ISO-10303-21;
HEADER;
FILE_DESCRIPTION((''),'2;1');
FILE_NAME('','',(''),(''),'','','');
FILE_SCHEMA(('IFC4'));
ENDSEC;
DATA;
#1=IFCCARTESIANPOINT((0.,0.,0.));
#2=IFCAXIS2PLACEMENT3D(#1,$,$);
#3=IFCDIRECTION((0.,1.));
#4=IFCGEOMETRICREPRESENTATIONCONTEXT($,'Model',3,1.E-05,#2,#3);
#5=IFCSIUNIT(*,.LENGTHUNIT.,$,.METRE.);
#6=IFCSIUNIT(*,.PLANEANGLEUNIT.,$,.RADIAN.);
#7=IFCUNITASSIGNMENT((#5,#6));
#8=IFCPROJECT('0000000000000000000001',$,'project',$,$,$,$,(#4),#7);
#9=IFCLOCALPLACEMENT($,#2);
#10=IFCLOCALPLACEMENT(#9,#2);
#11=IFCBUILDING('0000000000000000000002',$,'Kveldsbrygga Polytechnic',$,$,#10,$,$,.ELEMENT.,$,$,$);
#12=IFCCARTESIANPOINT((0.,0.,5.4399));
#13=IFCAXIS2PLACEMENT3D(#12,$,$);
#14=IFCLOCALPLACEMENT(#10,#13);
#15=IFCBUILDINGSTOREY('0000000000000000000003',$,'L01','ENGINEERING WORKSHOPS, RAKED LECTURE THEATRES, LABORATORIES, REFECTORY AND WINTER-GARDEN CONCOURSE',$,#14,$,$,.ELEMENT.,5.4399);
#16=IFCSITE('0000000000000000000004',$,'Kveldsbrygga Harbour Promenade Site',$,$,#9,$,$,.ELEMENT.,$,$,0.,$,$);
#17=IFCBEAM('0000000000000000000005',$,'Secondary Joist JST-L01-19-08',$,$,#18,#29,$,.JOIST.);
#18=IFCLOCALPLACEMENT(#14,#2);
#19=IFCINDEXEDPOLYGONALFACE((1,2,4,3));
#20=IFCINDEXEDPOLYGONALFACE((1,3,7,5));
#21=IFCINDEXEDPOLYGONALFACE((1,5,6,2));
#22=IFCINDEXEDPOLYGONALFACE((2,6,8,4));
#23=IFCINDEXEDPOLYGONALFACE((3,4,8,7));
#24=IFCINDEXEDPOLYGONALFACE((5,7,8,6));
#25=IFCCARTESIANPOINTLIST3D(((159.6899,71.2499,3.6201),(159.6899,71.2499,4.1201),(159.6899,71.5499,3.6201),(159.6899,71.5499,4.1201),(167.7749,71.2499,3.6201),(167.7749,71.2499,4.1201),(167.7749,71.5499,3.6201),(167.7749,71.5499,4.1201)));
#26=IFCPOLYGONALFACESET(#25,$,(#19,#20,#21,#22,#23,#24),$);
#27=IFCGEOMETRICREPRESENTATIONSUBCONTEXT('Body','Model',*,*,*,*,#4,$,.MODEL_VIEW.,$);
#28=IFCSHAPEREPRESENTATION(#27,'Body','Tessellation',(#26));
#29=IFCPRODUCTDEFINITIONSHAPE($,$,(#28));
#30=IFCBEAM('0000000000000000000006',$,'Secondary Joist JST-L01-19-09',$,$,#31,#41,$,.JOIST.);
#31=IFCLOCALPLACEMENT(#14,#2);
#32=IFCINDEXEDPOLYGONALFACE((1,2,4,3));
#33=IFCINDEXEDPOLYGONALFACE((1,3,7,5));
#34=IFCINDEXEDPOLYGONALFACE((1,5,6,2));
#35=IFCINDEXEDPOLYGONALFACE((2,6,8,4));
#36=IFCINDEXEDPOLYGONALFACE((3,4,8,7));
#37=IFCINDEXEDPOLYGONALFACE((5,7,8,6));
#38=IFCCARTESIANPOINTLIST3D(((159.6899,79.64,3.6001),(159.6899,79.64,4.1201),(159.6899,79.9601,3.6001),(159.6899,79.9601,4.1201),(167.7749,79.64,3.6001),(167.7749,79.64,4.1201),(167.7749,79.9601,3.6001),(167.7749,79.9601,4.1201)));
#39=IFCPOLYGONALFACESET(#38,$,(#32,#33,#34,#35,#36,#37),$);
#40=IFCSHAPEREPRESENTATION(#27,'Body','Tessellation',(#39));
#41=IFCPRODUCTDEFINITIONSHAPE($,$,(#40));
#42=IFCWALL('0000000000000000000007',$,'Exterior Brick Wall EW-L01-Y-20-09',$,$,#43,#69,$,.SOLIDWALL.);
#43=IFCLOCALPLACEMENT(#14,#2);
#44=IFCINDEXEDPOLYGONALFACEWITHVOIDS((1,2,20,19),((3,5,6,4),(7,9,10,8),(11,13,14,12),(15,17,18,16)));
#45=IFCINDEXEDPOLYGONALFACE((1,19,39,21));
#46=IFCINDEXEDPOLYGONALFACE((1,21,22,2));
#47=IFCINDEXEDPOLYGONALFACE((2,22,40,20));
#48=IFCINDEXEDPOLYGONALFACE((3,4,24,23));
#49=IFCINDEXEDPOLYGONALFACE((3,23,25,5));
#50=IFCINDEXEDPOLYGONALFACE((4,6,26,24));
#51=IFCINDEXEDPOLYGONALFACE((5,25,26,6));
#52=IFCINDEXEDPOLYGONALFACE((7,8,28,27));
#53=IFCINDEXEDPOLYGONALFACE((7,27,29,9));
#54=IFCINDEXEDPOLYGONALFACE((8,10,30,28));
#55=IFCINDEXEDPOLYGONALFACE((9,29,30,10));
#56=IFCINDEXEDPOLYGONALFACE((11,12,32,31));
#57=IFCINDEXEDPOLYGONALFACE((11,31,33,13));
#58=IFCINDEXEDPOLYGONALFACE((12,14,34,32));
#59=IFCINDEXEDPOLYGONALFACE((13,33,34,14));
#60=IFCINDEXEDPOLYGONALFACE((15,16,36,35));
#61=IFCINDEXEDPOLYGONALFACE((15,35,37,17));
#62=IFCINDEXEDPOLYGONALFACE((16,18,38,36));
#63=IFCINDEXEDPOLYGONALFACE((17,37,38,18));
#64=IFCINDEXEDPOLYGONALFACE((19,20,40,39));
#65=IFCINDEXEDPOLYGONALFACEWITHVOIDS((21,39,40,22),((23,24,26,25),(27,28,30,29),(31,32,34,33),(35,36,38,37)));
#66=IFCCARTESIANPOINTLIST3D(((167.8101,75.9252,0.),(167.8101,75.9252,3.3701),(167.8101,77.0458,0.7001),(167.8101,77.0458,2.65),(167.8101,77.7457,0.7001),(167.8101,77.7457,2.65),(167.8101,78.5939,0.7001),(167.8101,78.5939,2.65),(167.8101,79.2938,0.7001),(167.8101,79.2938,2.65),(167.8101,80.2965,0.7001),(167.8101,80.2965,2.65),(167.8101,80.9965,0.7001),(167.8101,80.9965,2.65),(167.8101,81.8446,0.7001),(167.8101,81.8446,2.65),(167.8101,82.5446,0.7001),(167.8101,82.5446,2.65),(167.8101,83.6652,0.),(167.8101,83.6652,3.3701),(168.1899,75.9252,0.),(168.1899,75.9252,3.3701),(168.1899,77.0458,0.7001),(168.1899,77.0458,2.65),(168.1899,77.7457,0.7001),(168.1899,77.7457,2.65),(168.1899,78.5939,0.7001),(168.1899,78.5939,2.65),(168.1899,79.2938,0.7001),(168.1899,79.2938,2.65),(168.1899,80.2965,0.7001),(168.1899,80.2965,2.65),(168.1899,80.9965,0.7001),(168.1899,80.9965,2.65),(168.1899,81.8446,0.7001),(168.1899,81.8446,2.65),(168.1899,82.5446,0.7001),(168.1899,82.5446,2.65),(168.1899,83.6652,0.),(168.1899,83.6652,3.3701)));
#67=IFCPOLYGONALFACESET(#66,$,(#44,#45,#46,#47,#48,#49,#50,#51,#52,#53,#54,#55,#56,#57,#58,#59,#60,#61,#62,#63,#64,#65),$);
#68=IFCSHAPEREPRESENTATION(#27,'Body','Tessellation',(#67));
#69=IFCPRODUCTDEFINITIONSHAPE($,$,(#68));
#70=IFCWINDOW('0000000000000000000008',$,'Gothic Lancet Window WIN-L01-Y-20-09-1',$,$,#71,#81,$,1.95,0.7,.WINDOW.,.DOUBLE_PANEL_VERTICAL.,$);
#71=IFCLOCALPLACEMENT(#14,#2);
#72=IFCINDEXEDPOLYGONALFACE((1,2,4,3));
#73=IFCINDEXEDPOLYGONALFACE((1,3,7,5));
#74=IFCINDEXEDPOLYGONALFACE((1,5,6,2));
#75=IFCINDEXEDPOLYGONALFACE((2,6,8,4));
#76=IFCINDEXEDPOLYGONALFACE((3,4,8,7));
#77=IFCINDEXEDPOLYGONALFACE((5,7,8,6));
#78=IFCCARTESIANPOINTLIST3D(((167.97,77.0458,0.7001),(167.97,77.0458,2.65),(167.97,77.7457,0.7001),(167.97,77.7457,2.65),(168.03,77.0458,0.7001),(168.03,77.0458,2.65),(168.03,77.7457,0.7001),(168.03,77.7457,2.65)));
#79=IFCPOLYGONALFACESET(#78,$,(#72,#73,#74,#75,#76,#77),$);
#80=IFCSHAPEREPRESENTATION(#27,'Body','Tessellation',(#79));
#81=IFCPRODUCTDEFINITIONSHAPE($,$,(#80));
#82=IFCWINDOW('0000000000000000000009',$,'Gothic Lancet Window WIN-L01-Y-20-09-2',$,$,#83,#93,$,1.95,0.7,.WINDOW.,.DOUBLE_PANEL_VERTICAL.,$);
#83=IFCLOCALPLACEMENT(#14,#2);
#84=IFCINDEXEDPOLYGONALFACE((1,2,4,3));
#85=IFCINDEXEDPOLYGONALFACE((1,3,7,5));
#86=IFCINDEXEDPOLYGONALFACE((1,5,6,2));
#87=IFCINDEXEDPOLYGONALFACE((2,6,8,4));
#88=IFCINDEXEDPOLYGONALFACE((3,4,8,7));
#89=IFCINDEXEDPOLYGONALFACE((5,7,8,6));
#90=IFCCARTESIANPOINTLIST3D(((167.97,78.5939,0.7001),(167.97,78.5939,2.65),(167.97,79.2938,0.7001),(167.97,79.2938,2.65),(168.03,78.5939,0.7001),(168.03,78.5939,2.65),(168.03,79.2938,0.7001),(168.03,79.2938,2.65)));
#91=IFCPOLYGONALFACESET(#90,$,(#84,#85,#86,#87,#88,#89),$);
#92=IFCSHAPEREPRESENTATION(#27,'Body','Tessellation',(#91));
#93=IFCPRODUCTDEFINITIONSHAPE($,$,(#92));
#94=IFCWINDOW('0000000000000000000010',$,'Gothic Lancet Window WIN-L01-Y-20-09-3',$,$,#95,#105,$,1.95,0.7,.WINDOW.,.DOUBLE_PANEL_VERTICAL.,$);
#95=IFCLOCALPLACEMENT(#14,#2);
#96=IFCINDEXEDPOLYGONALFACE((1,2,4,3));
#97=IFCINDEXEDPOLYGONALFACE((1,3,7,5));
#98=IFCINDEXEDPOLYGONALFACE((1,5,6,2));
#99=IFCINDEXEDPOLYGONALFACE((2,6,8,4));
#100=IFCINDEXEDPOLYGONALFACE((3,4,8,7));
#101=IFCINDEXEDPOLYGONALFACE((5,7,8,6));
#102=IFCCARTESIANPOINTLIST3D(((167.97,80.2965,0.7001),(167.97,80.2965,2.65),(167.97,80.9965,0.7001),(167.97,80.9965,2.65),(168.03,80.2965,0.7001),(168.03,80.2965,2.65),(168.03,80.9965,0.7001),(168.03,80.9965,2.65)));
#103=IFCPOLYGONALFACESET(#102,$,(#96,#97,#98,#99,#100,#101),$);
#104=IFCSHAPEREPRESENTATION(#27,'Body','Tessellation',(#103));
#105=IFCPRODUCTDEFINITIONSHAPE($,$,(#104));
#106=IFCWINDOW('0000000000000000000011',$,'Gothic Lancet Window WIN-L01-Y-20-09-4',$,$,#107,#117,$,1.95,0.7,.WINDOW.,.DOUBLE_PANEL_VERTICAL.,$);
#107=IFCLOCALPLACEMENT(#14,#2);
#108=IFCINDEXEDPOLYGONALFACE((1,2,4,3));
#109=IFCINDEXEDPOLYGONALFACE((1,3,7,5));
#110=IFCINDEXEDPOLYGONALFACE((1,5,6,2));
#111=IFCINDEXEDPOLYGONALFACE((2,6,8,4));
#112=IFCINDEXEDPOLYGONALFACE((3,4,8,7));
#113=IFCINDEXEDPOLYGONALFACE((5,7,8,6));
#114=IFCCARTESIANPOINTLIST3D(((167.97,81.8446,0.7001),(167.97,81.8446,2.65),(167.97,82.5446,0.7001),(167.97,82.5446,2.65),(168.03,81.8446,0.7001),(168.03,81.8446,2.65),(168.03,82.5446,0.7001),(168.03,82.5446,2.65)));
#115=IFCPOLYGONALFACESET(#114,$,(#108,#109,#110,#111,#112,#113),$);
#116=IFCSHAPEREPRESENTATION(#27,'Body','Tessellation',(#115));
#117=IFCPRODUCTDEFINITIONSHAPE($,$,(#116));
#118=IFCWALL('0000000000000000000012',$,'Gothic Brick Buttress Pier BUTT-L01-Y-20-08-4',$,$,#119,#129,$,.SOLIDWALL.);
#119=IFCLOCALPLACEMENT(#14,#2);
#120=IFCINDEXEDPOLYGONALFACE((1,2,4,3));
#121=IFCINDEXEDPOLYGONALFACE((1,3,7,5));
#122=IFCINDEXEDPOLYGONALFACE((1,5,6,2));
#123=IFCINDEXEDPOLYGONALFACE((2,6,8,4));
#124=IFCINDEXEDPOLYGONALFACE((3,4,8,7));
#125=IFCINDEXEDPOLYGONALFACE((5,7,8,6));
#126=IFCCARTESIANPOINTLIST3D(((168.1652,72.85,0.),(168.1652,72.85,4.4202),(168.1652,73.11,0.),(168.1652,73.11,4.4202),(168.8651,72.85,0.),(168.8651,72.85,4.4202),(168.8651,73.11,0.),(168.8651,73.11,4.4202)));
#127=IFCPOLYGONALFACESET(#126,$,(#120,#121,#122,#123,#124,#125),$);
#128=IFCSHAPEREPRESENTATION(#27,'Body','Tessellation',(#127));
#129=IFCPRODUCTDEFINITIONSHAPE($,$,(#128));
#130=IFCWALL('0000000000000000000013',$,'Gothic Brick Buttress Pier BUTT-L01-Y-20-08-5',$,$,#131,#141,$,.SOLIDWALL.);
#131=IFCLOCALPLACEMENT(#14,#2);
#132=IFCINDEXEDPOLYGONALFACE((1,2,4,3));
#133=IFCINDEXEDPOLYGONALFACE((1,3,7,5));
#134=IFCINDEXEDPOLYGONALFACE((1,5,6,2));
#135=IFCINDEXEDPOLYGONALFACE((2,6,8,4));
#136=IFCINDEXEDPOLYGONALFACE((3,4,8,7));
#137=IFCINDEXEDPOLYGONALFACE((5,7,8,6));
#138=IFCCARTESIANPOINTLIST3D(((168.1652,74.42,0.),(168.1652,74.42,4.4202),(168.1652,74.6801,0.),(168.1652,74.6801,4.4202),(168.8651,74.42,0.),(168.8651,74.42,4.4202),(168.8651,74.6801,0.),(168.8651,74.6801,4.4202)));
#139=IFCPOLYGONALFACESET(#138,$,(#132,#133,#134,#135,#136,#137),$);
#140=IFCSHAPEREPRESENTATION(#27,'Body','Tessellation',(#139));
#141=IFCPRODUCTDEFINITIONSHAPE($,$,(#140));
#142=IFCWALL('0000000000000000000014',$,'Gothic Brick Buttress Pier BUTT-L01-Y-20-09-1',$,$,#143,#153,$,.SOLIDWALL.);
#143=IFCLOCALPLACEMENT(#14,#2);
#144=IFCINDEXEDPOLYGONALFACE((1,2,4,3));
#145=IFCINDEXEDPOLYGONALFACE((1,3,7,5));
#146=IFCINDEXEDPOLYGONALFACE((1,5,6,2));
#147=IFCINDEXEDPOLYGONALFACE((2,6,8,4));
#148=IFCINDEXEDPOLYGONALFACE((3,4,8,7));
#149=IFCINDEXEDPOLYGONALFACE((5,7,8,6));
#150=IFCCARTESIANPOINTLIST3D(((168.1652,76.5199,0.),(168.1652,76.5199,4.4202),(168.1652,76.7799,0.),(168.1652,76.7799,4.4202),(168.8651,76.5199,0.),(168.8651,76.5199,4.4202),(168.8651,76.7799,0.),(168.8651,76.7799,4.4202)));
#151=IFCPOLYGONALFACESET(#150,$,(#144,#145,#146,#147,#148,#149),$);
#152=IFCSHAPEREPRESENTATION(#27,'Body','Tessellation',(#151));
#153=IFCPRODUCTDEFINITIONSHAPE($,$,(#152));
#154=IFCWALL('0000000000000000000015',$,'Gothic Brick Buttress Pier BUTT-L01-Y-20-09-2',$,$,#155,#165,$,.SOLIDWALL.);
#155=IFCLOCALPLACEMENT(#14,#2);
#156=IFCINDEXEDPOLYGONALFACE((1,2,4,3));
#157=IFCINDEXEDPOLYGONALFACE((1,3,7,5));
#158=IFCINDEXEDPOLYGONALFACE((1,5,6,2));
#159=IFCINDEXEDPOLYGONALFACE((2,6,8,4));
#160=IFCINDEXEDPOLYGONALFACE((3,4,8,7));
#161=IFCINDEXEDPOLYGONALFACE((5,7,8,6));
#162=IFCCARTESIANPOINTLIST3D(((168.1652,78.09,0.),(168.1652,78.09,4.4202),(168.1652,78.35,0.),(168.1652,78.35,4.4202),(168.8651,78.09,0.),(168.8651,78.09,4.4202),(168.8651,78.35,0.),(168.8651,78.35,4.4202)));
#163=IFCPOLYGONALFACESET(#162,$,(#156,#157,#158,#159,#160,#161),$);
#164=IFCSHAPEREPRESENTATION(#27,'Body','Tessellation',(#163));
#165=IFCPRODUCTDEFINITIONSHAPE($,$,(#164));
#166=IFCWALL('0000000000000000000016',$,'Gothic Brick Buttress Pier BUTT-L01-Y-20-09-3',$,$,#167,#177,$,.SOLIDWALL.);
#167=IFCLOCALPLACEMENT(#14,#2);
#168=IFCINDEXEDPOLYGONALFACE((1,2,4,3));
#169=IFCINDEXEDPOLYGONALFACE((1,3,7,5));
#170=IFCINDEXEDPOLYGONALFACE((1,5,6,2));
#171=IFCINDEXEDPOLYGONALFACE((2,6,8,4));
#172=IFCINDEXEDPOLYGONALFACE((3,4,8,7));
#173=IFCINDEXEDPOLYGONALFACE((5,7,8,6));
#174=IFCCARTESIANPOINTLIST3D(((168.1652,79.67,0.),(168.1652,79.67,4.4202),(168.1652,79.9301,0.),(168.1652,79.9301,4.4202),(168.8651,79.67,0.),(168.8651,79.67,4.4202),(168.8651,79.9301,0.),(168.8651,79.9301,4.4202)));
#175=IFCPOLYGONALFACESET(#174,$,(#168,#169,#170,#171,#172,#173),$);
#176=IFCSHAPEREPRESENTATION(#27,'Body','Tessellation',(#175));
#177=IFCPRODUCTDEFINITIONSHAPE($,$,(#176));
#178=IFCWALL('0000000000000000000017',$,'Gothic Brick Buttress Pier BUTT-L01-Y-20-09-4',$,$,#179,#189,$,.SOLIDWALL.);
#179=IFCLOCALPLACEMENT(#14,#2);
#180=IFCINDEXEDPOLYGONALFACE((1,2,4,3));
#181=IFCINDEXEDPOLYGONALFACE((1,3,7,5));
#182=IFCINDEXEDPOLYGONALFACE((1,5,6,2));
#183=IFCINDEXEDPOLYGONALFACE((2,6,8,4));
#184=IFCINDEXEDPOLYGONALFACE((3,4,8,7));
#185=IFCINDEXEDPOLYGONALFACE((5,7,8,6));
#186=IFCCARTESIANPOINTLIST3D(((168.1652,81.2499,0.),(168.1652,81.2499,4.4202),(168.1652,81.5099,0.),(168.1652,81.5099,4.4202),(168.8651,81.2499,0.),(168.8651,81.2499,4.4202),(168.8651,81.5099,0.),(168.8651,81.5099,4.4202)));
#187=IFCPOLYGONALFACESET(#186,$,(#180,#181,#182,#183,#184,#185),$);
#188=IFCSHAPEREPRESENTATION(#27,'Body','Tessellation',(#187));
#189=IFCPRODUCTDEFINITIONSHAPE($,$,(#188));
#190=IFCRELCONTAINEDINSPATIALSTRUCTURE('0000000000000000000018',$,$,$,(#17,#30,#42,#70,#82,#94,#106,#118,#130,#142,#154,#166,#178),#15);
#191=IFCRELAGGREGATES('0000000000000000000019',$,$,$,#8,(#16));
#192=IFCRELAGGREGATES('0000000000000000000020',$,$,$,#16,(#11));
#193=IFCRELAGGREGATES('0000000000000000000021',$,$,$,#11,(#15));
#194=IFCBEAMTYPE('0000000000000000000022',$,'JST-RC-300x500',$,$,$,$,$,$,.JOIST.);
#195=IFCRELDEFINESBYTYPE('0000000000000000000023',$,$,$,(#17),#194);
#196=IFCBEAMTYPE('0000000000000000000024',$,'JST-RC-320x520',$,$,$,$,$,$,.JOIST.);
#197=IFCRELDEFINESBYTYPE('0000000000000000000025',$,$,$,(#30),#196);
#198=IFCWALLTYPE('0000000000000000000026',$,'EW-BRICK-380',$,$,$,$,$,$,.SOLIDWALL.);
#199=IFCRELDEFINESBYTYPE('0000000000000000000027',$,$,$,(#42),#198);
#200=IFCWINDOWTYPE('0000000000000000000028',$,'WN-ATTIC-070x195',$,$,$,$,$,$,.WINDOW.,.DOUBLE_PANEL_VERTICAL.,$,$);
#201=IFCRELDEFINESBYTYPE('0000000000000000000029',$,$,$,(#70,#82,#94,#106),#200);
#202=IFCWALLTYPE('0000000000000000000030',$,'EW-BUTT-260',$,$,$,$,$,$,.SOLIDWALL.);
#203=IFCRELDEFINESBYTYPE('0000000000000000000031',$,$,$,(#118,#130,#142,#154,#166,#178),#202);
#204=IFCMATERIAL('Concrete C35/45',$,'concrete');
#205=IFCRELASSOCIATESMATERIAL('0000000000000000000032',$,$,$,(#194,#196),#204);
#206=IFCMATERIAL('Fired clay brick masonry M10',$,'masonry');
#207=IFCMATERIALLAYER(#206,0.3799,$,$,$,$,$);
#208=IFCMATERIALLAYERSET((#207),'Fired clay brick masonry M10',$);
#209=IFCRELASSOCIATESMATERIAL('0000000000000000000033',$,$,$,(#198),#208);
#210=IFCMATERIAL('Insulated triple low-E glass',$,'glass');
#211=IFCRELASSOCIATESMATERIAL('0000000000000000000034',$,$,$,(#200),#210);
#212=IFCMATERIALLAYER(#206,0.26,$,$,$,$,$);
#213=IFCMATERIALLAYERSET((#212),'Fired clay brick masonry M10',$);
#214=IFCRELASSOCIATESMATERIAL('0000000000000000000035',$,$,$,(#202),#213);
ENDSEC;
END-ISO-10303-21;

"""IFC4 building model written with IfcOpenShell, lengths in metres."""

from ifc_helpers import new_model, si_unit, direction, frame, frame_2d, origin, origin_2d, place, context, subcontext, project, spatial, rectangle, extrude, material, layer, layer_set, material_profile, profile_set, type_object, element, fill, save


model = new_model("IFC4")

# Units and contexts
model_context = context("Model", 3, precision=1e-05, world=origin(), true_north=direction((0.0, 1.0)))
body_context = subcontext(model_context, "Body", "Model", "MODEL_VIEW")
ifc_project = project(units=[si_unit("LENGTHUNIT", "METRE"), si_unit("PLANEANGLEUNIT", "RADIAN")], contexts=[model_context])

# Site, building, storey
site_placement = place(None, origin())
site = spatial("IfcSite", under=ifc_project, at=site_placement, Name="Kveldsbrygga Harbour Promenade Site", CompositionType="ELEMENT", RefElevation=0.0)
building_placement = place(site_placement, origin())
building = spatial("IfcBuilding", under=site, at=building_placement, Name="Kveldsbrygga Polytechnic", CompositionType="ELEMENT")
storey_placement = place(building_placement, frame((0.0, 0.0, 5.4399)))
storey = spatial("IfcBuildingStorey", under=building, at=storey_placement, Name="L01", Description="ENGINEERING WORKSHOPS, RAKED LECTURE THEATRES, LABORATORIES, REFECTORY AND WINTER-GARDEN CONCOURSE", CompositionType="ELEMENT", Elevation=5.4399)

# Shared definitions
ifc_material_1 = material(Name="Concrete C35/45", Category="concrete")

# Beams
ifc_material_profile_1 = material_profile(ifc_material_1, rectangle(XDim=0.3, YDim=0.5, at=origin_2d()), Name="RC 300x500")
ifc_profile_set_1 = profile_set([ifc_material_profile_1], Name="Concrete C35/45")
beam_type_1 = type_object("IfcBeamType", Name="JST-RC-300x500", PredefinedType="JOIST", material=ifc_profile_set_1)
beam_1_placement = place(storey_placement, frame((159.6899, 71.3999, 3.8701), z_axis=(1.0, 0.0, 0.0), x_axis=(0.0, 1.0, 0.0)))
element("IfcBeam", 1, at=beam_1_placement, inside=storey, type_object=beam_type_1, Name="Secondary Joist JST-L01-19-08", PredefinedType="JOIST", context=body_context, shape_type="SweptSolid", body=[
    extrude(rectangle(XDim=0.3, YDim=0.5, at=origin_2d()), origin(), (0.0, 0.0, 1.0), 8.085),
])
ifc_material_profile_2 = material_profile(ifc_material_1, rectangle(XDim=0.3201, YDim=0.52, at=origin_2d()), Name="RC 320x520")
ifc_profile_set_2 = profile_set([ifc_material_profile_2], Name="Concrete C35/45")
beam_type_2 = type_object("IfcBeamType", Name="JST-RC-320x520", PredefinedType="JOIST", material=ifc_profile_set_2)
beam_2_placement = place(storey_placement, frame((159.6899, 79.8, 3.8601), z_axis=(1.0, 0.0, 0.0), x_axis=(0.0, 1.0, 0.0)))
element("IfcBeam", 2, at=beam_2_placement, inside=storey, type_object=beam_type_2, Name="Secondary Joist JST-L01-19-09", PredefinedType="JOIST", context=body_context, shape_type="SweptSolid", body=[
    extrude(rectangle(XDim=0.3201, YDim=0.52, at=origin_2d()), origin(), (0.0, 0.0, 1.0), 8.085),
])

# Wall, openings, windows
ifc_material_2 = material(Name="Fired clay brick masonry M10", Category="masonry")
ifc_layer_1 = layer(ifc_material_2, 0.3799)
ifc_layer_set_1 = layer_set([ifc_layer_1], Name="Fired clay brick masonry M10")
wall_type_1 = type_object("IfcWallType", Name="EW-BRICK-380", PredefinedType="SOLIDWALL", material=ifc_layer_set_1)
wall_1_placement = place(storey_placement, frame((168.0, 75.925, 0.0), z_axis=(0.0, 0.0, 1.0), x_axis=(0.0, 1.0, 0.0)))
wall_1 = element("IfcWall", 3, at=wall_1_placement, inside=storey, type_object=wall_type_1, Name="Exterior Brick Wall EW-L01-Y-20-09", PredefinedType="SOLIDWALL", context=body_context, shape_type="SweptSolid", body=[
    extrude(rectangle(XDim=7.74, YDim=0.3799, at=frame_2d((3.8701, 0.0))), origin(), (0.0, 0.0, 1.0), 3.3701),
])
opening_1_placement = place(wall_1_placement, frame((1.1206, 0.0, 0.7)))
opening_1 = element("IfcOpeningElement", 4, at=opening_1_placement, cuts=wall_1, PredefinedType="OPENING", context=body_context, shape_type="SweptSolid", body=[
    extrude(rectangle(XDim=0.7, YDim=1.95, at=frame_2d((0.3501, 0.9751))), frame((0.0, 0.2, 0.0), z_axis=(0.0, -1.0, 0.0), x_axis=(1.0, 0.0, 0.0)), (0.0, 0.0, 1.0), 0.3999),
])
opening_2_placement = place(wall_1_placement, frame((2.6687, 0.0, 0.7)))
opening_2 = element("IfcOpeningElement", 5, at=opening_2_placement, cuts=wall_1, PredefinedType="OPENING", context=body_context, shape_type="SweptSolid", body=[
    extrude(rectangle(XDim=0.7, YDim=1.95, at=frame_2d((0.3501, 0.9751))), frame((0.0, 0.2, 0.0), z_axis=(0.0, -1.0, 0.0), x_axis=(1.0, 0.0, 0.0)), (0.0, 0.0, 1.0), 0.3999),
])
opening_3_placement = place(wall_1_placement, frame((4.3713, 0.0, 0.7)))
opening_3 = element("IfcOpeningElement", 6, at=opening_3_placement, cuts=wall_1, PredefinedType="OPENING", context=body_context, shape_type="SweptSolid", body=[
    extrude(rectangle(XDim=0.7, YDim=1.95, at=frame_2d((0.3501, 0.9751))), frame((0.0, 0.2, 0.0), z_axis=(0.0, -1.0, 0.0), x_axis=(1.0, 0.0, 0.0)), (0.0, 0.0, 1.0), 0.3999),
])
opening_4_placement = place(wall_1_placement, frame((5.9194, 0.0, 0.7)))
opening_4 = element("IfcOpeningElement", 7, at=opening_4_placement, cuts=wall_1, PredefinedType="OPENING", context=body_context, shape_type="SweptSolid", body=[
    extrude(rectangle(XDim=0.7, YDim=1.95, at=frame_2d((0.3501, 0.9751))), frame((0.0, 0.2, 0.0), z_axis=(0.0, -1.0, 0.0), x_axis=(1.0, 0.0, 0.0)), (0.0, 0.0, 1.0), 0.3999),
])
ifc_material_3 = material(Name="Insulated triple low-E glass", Category="glass")
window_type = type_object("IfcWindowType", Name="WN-ATTIC-070x195", PartitioningType="DOUBLE_PANEL_VERTICAL", PredefinedType="WINDOW", material=ifc_material_3)
window_1_placement = place(opening_1_placement, origin())
window_1 = element("IfcWindow", 8, at=window_1_placement, inside=storey, type_object=window_type, Name="Gothic Lancet Window WIN-L01-Y-20-09-1", OverallHeight=1.95, OverallWidth=0.7, PartitioningType="DOUBLE_PANEL_VERTICAL", PredefinedType="WINDOW", context=body_context, shape_type="SweptSolid", body=[
    extrude(rectangle(XDim=0.7, YDim=1.95, at=frame_2d((0.3501, 0.9751))), frame((0.0, 0.03, 0.0), z_axis=(0.0, -1.0, 0.0), x_axis=(1.0, 0.0, 0.0)), (0.0, 0.0, 1.0), 0.0601),
])
fill(opening_1, window_1)
window_2_placement = place(opening_2_placement, origin())
window_2 = element("IfcWindow", 9, at=window_2_placement, inside=storey, type_object=window_type, Name="Gothic Lancet Window WIN-L01-Y-20-09-2", OverallHeight=1.95, OverallWidth=0.7, PartitioningType="DOUBLE_PANEL_VERTICAL", PredefinedType="WINDOW", context=body_context, shape_type="SweptSolid", body=[
    extrude(rectangle(XDim=0.7, YDim=1.95, at=frame_2d((0.3501, 0.9751))), frame((0.0, 0.03, 0.0), z_axis=(0.0, -1.0, 0.0), x_axis=(1.0, 0.0, 0.0)), (0.0, 0.0, 1.0), 0.0601),
])
fill(opening_2, window_2)
window_3_placement = place(opening_3_placement, origin())
window_3 = element("IfcWindow", 10, at=window_3_placement, inside=storey, type_object=window_type, Name="Gothic Lancet Window WIN-L01-Y-20-09-3", OverallHeight=1.95, OverallWidth=0.7, PartitioningType="DOUBLE_PANEL_VERTICAL", PredefinedType="WINDOW", context=body_context, shape_type="SweptSolid", body=[
    extrude(rectangle(XDim=0.7, YDim=1.95, at=frame_2d((0.3501, 0.9751))), frame((0.0, 0.03, 0.0), z_axis=(0.0, -1.0, 0.0), x_axis=(1.0, 0.0, 0.0)), (0.0, 0.0, 1.0), 0.0601),
])
fill(opening_3, window_3)
window_4_placement = place(opening_4_placement, origin())
window_4 = element("IfcWindow", 11, at=window_4_placement, inside=storey, type_object=window_type, Name="Gothic Lancet Window WIN-L01-Y-20-09-4", OverallHeight=1.95, OverallWidth=0.7, PartitioningType="DOUBLE_PANEL_VERTICAL", PredefinedType="WINDOW", context=body_context, shape_type="SweptSolid", body=[
    extrude(rectangle(XDim=0.7, YDim=1.95, at=frame_2d((0.3501, 0.9751))), frame((0.0, 0.03, 0.0), z_axis=(0.0, -1.0, 0.0), x_axis=(1.0, 0.0, 0.0)), (0.0, 0.0, 1.0), 0.0601),
])
fill(opening_4, window_4)

# Walls
ifc_layer_2 = layer(ifc_material_2, 0.26)
ifc_layer_set_2 = layer_set([ifc_layer_2], Name="Fired clay brick masonry M10")
wall_type_2 = type_object("IfcWallType", Name="EW-BUTT-260", PredefinedType="SOLIDWALL", material=ifc_layer_set_2)
for number, where, z_axis, x_axis, name in (
    (12, (168.165, 72.98, 0.0), (0.0, 0.0, 1.0), (1.0, 0.0, 0.0), "Gothic Brick Buttress Pier BUTT-L01-Y-20-08-4"),
    (13, (168.165, 74.55, 0.0), (0.0, 0.0, 1.0), (1.0, 0.0, 0.0), "Gothic Brick Buttress Pier BUTT-L01-Y-20-08-5"),
    (14, (168.165, 76.6499, 0.0), (0.0, 0.0, 1.0), (1.0, 0.0, 0.0), "Gothic Brick Buttress Pier BUTT-L01-Y-20-09-1"),
    (15, (168.165, 78.22, 0.0), (0.0, 0.0, 1.0), (1.0, 0.0, 0.0), "Gothic Brick Buttress Pier BUTT-L01-Y-20-09-2"),
    (16, (168.165, 79.8, 0.0), (0.0, 0.0, 1.0), (1.0, 0.0, 0.0), "Gothic Brick Buttress Pier BUTT-L01-Y-20-09-3"),
    (17, (168.165, 81.3799, 0.0), (0.0, 0.0, 1.0), (1.0, 0.0, 0.0), "Gothic Brick Buttress Pier BUTT-L01-Y-20-09-4"),
):
    element("IfcWall", number, at=place(storey_placement, frame(where, z_axis=z_axis, x_axis=x_axis)), inside=storey, type_object=wall_type_2, Name=name, PredefinedType="SOLIDWALL", context=body_context, shape_type="SweptSolid", body=[
        extrude(rectangle(XDim=0.7, YDim=0.26, at=frame_2d((0.3501, 0.0))), origin(), (0.0, 0.0, 1.0), 4.4202),
    ])

save(model, "model.ifc")
